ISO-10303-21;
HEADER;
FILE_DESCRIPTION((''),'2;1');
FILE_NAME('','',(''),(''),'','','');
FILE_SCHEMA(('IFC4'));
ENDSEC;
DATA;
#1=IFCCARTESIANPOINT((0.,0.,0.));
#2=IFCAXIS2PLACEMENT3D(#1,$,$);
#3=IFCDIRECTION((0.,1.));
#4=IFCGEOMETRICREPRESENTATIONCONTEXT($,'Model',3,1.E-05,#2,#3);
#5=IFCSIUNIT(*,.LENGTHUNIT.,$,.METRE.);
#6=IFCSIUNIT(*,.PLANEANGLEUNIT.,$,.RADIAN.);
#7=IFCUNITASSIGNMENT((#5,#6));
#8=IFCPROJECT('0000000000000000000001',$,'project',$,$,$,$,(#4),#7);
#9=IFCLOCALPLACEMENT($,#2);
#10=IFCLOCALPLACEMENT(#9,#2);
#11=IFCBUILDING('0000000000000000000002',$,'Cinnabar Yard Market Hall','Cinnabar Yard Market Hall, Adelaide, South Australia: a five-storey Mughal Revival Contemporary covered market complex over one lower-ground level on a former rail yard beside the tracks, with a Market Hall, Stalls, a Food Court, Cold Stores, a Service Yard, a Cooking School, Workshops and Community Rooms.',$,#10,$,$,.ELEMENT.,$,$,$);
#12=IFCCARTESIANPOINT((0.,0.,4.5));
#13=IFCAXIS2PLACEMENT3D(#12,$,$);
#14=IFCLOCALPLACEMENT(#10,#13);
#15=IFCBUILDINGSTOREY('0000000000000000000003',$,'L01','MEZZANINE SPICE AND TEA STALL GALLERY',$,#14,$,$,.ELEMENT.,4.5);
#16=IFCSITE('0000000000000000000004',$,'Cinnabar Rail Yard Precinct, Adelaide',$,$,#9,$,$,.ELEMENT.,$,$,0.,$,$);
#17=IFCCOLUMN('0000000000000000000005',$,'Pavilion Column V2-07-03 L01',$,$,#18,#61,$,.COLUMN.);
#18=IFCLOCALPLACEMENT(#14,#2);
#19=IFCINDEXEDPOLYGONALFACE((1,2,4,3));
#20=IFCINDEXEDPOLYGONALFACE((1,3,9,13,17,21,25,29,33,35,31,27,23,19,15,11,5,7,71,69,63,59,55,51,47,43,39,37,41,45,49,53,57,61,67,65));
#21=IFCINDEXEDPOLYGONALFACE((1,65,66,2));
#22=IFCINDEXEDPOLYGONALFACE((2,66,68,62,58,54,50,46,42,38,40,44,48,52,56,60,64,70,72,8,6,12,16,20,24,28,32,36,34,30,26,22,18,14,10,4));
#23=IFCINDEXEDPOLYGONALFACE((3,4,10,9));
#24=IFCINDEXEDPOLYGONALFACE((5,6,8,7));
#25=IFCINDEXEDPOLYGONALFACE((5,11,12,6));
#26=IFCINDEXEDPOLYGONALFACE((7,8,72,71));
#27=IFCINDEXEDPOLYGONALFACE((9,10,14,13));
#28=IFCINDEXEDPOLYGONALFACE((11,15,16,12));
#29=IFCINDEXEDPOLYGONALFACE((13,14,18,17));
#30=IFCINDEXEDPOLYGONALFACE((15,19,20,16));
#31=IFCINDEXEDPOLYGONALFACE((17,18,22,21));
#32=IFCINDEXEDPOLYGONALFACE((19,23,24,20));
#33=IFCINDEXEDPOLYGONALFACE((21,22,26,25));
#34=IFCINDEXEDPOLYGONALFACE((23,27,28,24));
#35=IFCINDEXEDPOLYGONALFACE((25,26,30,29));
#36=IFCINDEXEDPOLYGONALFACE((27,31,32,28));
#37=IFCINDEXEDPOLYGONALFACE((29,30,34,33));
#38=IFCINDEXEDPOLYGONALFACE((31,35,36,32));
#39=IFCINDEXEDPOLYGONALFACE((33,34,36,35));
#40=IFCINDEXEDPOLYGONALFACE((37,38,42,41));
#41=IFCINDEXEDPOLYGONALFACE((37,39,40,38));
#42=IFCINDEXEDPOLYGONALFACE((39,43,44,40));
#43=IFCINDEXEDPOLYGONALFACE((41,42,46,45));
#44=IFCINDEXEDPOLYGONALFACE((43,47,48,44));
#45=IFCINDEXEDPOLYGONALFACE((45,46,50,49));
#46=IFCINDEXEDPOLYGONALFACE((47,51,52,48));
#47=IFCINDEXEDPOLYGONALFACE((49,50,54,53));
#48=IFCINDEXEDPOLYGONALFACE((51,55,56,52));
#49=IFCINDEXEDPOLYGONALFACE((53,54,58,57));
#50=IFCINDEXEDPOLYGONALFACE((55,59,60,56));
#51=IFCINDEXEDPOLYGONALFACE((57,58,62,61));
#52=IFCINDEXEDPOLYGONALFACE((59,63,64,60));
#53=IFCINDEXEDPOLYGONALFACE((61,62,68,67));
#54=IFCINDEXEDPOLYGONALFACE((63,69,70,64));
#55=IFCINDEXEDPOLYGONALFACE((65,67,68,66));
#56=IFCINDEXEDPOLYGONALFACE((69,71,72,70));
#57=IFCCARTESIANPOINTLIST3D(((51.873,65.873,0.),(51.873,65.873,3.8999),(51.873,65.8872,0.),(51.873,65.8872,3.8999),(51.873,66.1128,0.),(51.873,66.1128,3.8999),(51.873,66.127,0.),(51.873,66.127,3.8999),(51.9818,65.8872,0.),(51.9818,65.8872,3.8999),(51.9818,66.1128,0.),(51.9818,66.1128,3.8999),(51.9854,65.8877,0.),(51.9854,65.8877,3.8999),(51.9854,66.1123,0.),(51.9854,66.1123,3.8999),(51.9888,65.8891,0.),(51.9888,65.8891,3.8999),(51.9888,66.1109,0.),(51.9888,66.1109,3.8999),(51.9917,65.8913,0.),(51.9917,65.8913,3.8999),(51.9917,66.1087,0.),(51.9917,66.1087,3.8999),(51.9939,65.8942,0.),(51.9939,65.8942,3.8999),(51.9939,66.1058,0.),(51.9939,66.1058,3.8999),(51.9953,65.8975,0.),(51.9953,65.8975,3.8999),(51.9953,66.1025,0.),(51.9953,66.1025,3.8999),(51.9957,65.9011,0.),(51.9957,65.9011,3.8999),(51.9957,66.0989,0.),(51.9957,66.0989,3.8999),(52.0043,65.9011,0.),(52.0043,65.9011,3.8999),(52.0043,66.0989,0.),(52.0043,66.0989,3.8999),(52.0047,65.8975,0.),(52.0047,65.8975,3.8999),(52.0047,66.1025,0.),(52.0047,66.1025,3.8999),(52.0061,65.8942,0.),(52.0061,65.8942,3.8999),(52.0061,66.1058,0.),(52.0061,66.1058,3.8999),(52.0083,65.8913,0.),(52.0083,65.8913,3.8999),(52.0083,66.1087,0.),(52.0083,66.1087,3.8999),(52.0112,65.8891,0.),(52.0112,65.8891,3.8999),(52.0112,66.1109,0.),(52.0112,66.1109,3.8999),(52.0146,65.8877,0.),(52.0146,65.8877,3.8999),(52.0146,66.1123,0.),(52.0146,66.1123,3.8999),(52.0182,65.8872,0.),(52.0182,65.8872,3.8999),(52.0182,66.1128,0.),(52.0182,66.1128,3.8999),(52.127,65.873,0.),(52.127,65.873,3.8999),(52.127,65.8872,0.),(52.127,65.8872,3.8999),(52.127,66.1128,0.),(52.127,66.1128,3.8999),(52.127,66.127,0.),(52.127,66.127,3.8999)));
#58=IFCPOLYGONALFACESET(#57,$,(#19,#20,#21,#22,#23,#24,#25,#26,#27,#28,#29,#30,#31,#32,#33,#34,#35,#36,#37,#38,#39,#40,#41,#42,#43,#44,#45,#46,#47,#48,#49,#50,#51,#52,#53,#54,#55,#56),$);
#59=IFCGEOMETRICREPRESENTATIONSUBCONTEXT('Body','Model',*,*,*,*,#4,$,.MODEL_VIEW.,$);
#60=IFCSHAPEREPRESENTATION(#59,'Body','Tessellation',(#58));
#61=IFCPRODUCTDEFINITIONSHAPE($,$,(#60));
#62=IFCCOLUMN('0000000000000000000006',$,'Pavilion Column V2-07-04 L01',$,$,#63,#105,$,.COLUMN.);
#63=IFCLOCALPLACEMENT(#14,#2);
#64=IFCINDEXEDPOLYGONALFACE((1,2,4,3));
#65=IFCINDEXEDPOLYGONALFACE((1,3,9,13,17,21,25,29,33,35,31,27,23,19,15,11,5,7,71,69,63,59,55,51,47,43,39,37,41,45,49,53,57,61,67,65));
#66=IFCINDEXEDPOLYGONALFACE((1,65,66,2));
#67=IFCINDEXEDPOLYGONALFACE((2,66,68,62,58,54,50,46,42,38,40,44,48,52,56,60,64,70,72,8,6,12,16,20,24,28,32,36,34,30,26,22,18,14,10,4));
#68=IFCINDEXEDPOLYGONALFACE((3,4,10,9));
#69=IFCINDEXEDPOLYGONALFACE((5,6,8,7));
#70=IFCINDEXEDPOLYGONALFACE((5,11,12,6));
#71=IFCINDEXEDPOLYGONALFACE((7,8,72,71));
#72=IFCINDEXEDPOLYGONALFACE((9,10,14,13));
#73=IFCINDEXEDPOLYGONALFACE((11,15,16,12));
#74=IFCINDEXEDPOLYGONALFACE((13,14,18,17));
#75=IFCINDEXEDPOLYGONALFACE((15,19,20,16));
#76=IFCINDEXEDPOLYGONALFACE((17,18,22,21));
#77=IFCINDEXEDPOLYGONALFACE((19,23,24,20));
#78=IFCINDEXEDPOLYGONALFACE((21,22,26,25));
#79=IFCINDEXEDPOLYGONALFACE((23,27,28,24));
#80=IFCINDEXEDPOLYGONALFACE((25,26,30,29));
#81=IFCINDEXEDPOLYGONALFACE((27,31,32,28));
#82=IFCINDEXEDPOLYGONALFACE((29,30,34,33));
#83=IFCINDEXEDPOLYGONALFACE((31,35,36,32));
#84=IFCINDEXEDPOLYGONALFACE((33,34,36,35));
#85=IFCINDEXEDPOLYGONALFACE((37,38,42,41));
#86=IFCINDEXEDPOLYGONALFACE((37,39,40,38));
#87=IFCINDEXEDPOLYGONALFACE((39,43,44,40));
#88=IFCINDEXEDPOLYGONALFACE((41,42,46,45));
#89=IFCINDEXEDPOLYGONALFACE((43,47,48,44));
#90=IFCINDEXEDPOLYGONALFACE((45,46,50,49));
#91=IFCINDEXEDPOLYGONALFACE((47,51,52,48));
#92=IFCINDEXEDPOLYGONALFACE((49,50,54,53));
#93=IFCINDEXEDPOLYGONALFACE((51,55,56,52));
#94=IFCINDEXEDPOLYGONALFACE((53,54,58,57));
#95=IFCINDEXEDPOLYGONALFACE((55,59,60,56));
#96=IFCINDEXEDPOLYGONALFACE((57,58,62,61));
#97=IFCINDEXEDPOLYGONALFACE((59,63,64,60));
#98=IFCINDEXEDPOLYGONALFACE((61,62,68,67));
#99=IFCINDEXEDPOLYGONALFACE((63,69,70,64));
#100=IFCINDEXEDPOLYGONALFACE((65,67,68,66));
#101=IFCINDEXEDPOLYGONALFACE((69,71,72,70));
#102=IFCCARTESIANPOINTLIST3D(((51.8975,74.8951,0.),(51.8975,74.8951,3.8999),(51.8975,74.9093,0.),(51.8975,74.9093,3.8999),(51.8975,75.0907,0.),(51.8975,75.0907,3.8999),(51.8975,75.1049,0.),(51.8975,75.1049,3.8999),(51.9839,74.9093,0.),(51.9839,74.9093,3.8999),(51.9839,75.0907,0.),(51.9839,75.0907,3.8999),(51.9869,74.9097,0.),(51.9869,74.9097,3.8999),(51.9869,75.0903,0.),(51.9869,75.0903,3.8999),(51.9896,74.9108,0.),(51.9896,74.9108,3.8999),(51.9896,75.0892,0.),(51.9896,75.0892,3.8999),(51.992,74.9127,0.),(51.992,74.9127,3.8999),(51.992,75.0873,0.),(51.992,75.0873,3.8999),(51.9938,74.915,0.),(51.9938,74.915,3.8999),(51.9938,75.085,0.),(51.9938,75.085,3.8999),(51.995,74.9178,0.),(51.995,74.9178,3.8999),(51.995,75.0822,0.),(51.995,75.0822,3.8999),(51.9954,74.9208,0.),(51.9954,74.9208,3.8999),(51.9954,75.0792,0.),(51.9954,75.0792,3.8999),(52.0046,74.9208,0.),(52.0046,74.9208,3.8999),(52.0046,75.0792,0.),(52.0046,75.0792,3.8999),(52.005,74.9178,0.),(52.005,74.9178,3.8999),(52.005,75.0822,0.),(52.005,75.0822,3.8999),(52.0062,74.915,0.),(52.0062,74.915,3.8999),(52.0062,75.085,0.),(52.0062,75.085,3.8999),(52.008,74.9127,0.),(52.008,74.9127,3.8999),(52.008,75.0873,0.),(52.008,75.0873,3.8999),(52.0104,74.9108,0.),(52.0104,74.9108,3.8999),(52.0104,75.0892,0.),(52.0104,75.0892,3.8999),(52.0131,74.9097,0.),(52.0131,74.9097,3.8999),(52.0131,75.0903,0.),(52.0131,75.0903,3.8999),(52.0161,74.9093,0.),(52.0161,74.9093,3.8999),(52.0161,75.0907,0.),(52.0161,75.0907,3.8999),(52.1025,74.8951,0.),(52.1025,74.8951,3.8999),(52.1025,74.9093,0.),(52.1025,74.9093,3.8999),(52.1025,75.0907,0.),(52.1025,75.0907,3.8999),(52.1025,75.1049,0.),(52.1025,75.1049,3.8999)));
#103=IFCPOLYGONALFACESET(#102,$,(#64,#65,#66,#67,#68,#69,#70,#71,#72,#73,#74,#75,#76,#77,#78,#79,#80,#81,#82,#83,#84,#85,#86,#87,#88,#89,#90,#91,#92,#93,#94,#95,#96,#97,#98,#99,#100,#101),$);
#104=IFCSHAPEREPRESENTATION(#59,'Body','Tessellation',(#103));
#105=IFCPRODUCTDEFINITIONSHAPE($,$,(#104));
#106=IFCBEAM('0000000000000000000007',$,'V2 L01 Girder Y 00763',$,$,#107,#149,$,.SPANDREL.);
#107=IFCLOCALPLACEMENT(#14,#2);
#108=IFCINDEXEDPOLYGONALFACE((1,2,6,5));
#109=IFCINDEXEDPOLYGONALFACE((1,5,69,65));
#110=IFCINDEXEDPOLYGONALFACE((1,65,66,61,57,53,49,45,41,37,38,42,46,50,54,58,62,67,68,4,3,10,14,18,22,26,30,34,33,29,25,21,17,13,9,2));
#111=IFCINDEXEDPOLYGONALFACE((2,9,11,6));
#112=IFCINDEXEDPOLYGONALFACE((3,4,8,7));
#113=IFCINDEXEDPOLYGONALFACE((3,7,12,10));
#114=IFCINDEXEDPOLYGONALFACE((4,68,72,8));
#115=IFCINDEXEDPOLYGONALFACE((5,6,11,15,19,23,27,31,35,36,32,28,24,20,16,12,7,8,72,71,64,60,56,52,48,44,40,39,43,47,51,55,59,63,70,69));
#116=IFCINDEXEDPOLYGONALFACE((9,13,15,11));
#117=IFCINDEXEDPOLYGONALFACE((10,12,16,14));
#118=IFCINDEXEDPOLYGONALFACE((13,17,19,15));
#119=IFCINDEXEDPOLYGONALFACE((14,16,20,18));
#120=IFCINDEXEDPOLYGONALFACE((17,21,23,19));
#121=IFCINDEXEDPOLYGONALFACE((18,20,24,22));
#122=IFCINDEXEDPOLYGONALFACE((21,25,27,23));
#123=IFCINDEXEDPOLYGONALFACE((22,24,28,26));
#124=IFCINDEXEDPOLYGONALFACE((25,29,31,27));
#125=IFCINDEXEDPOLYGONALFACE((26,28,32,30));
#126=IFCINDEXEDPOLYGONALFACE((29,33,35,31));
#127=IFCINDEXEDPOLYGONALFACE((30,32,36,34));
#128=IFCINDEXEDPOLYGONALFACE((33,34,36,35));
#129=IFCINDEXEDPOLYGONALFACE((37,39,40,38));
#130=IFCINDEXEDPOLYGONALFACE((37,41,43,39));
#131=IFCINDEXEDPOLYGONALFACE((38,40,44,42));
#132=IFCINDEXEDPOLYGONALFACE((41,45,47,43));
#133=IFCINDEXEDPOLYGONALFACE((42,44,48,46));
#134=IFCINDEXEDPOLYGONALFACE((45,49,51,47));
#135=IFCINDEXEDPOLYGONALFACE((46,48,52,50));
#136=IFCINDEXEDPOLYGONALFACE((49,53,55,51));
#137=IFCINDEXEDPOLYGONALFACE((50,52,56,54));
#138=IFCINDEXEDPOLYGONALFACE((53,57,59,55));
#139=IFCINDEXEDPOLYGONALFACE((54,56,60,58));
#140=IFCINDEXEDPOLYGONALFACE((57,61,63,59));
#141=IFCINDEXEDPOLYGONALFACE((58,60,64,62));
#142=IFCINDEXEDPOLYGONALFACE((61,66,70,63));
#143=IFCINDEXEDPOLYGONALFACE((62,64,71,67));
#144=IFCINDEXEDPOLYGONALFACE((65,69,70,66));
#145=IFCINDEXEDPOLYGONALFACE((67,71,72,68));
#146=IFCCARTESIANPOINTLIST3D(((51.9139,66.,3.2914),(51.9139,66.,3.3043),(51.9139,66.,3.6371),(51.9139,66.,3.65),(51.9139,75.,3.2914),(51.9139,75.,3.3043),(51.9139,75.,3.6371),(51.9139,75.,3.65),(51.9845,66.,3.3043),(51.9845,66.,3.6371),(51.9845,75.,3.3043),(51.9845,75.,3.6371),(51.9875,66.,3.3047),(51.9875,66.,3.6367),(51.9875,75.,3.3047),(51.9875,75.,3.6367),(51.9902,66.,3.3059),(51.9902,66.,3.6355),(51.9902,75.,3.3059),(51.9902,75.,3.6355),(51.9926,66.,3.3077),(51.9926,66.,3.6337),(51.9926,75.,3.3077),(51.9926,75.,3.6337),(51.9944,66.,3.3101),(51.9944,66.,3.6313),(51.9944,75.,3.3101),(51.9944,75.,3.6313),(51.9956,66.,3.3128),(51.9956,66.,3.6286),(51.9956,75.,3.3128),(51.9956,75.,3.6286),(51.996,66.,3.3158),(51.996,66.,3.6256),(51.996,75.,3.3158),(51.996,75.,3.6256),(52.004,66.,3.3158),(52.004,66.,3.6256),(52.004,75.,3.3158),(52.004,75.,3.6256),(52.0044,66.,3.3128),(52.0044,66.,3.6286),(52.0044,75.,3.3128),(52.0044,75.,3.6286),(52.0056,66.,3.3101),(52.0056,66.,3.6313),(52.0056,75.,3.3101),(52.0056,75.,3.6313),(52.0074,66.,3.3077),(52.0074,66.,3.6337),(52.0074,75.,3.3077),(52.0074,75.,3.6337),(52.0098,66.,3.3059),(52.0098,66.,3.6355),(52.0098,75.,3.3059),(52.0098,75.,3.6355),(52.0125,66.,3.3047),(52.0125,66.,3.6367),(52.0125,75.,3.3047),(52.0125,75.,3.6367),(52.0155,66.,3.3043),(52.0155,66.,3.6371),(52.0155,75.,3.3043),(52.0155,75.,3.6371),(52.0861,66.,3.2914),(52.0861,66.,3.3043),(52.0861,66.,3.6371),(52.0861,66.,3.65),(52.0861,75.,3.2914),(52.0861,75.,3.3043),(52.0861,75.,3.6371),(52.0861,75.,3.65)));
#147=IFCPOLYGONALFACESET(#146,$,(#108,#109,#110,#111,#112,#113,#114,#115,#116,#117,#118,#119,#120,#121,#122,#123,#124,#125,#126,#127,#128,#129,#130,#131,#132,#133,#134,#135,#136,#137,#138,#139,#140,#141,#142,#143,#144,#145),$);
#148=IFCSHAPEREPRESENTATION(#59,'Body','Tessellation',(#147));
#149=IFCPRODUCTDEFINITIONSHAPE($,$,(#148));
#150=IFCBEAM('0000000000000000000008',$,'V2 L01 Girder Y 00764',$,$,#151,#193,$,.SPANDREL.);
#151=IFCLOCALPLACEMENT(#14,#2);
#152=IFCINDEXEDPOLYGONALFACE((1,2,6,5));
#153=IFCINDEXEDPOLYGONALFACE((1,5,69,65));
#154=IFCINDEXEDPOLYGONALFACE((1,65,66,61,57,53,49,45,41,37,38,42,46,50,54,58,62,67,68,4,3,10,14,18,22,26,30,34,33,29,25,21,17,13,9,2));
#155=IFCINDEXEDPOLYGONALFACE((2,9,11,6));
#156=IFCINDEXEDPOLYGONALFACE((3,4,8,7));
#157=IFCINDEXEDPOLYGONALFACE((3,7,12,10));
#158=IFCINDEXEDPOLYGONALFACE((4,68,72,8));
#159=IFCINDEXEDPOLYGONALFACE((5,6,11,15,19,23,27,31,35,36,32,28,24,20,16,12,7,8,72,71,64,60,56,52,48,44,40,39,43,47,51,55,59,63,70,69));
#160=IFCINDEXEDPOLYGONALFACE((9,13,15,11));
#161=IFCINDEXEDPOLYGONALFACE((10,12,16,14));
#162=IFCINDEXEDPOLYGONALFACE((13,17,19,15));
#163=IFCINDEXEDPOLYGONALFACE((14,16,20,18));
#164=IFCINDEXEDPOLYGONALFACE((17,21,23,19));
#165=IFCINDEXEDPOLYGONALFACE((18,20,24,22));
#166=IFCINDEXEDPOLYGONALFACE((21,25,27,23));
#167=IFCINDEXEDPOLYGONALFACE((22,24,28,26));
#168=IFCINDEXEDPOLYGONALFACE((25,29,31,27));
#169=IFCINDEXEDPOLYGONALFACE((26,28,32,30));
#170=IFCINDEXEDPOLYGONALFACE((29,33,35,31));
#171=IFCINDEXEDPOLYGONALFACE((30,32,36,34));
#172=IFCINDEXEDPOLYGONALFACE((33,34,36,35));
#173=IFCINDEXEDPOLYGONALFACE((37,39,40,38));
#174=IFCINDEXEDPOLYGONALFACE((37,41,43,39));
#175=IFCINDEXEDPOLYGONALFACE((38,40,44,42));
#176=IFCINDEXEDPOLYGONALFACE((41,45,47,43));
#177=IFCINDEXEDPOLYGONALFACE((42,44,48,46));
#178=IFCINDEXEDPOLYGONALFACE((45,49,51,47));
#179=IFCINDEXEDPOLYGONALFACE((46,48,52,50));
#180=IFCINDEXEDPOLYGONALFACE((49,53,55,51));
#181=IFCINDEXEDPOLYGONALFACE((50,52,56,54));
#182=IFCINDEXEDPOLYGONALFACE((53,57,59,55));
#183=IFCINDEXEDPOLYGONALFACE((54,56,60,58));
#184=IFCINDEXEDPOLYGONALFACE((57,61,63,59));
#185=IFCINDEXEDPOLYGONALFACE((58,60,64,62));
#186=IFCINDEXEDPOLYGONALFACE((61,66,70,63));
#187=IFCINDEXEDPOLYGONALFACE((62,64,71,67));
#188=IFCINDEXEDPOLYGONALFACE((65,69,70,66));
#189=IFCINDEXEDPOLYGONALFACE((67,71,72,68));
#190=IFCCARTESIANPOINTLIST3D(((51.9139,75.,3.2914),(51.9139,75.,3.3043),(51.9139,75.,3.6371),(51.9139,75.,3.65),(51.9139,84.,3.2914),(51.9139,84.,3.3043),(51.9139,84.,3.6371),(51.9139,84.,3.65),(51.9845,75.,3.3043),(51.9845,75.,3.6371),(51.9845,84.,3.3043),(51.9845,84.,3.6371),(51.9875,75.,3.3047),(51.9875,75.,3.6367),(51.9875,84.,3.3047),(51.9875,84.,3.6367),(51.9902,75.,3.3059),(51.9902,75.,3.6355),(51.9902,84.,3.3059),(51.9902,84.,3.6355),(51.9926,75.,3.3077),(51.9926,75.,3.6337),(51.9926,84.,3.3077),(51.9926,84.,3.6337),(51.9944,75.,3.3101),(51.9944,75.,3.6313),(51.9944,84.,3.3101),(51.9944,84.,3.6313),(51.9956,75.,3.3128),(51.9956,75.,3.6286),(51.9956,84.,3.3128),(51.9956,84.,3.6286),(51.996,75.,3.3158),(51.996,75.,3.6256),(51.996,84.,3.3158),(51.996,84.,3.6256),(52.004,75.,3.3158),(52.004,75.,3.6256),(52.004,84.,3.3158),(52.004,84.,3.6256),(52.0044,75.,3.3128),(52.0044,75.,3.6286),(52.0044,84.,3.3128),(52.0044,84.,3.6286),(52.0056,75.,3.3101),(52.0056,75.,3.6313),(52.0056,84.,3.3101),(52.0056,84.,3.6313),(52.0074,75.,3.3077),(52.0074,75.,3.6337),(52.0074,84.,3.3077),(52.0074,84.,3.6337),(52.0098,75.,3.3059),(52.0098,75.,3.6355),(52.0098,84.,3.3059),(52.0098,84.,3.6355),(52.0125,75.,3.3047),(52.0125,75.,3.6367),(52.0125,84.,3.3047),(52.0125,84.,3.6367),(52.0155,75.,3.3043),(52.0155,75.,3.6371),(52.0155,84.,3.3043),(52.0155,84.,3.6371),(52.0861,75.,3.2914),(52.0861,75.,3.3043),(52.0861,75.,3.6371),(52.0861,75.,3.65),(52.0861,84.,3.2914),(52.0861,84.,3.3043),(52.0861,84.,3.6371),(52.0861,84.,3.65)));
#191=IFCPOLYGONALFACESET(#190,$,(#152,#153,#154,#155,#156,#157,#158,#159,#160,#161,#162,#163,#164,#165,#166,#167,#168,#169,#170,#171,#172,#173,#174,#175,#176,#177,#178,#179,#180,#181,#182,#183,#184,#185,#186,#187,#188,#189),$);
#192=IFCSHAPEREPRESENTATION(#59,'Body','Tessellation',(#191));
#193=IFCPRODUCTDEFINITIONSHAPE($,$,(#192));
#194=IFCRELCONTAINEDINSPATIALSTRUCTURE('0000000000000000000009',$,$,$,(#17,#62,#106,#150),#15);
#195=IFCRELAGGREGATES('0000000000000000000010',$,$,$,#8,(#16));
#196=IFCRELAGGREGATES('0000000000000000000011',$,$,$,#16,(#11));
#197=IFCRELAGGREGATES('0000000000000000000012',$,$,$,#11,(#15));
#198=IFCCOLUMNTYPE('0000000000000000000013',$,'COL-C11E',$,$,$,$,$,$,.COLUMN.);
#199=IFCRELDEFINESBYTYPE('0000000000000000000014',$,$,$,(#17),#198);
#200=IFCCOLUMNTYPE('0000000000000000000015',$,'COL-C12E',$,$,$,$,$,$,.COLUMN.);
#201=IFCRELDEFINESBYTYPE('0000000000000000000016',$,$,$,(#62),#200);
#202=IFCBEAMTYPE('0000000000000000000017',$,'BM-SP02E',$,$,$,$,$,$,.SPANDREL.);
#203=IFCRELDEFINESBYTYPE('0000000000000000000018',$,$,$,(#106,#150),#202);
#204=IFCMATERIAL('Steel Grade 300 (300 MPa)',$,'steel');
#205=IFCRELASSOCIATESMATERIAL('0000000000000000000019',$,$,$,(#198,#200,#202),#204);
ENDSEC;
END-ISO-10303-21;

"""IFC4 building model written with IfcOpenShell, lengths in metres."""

from ifc_helpers import new_model, si_unit, direction, frame, origin, origin_2d_with_axis, place, context, subcontext, project, spatial, i_section, extrude, material, material_profile, profile_set, type_object, element, save


model = new_model("IFC4")

# Units and contexts
model_context = context("Model", 3, precision=1e-05, world=origin(), true_north=direction((0.0, 1.0)))
body_context = subcontext(model_context, "Body", "Model", "MODEL_VIEW")
ifc_project = project(units=[si_unit("LENGTHUNIT", "METRE"), si_unit("PLANEANGLEUNIT", "RADIAN")], contexts=[model_context])

# Site, building, storey
site_placement = place(None, origin())
site = spatial("IfcSite", under=ifc_project, at=site_placement, Name="Cinnabar Rail Yard Precinct, Adelaide", CompositionType="ELEMENT", RefElevation=0.0)
building_placement = place(site_placement, origin())
building = spatial("IfcBuilding", under=site, at=building_placement, Name="Cinnabar Yard Market Hall", Description="Cinnabar Yard Market Hall, Adelaide, South Australia: a five-storey Mughal Revival Contemporary covered market complex over one lower-ground level on a former rail yard beside the tracks, with a Market Hall, Stalls, a Food Court, Cold Stores, a Service Yard, a Cooking School, Workshops and Community Rooms.", CompositionType="ELEMENT")
storey_placement = place(building_placement, frame((0.0, 0.0, 4.5)))
storey = spatial("IfcBuildingStorey", under=building, at=storey_placement, Name="L01", Description="MEZZANINE SPICE AND TEA STALL GALLERY", CompositionType="ELEMENT", Elevation=4.5)

# Columns
ifc_material_1 = material(Name="Steel Grade 300 (300 MPa)", Category="steel")
ifc_material_profile_1 = material_profile(ifc_material_1, i_section(OverallWidth=0.2539, OverallDepth=0.2539, WebThickness=0.0085, FlangeThickness=0.0142, FilletRadius=0.0139, at=origin_2d_with_axis()), Name="250UC72.9")
ifc_profile_set_1 = profile_set([ifc_material_profile_1], Name="Steel Grade 300 (300 MPa)")
column_type_1 = type_object("IfcColumnType", Name="COL-C11E", PredefinedType="COLUMN", material=ifc_profile_set_1)
column_1_placement = place(storey_placement, frame((52.0, 66.0, 0.0), z_axis=(0.0, 0.0, 1.0), x_axis=(1.0, 0.0, 0.0)))
element("IfcColumn", 1, at=column_1_placement, inside=storey, type_object=column_type_1, Name="Pavilion Column V2-07-03 L01", PredefinedType="COLUMN", context=body_context, shape_type="SweptSolid", body=[
    extrude(i_section(OverallWidth=0.2539, OverallDepth=0.2539, WebThickness=0.0085, FlangeThickness=0.0142, FilletRadius=0.0139, at=origin_2d_with_axis()), origin(), (0.0, 0.0, 1.0), 3.8999),
])
ifc_material_profile_2 = material_profile(ifc_material_1, i_section(OverallWidth=0.2051, OverallDepth=0.2097, WebThickness=0.0093, FlangeThickness=0.0142, FilletRadius=0.0115, at=origin_2d_with_axis()), Name="200UC59.5")
ifc_profile_set_2 = profile_set([ifc_material_profile_2], Name="Steel Grade 300 (300 MPa)")
column_type_2 = type_object("IfcColumnType", Name="COL-C12E", PredefinedType="COLUMN", material=ifc_profile_set_2)
column_2_placement = place(storey_placement, frame((52.0, 75.0, 0.0), z_axis=(0.0, 0.0, 1.0), x_axis=(1.0, 0.0, 0.0)))
element("IfcColumn", 2, at=column_2_placement, inside=storey, type_object=column_type_2, Name="Pavilion Column V2-07-04 L01", PredefinedType="COLUMN", context=body_context, shape_type="SweptSolid", body=[
    extrude(i_section(OverallWidth=0.2051, OverallDepth=0.2097, WebThickness=0.0093, FlangeThickness=0.0142, FilletRadius=0.0115, at=origin_2d_with_axis()), origin(), (0.0, 0.0, 1.0), 3.8999),
])

# Beams
ifc_material_profile_3 = material_profile(ifc_material_1, i_section(OverallWidth=0.1721, OverallDepth=0.3586, WebThickness=0.0081, FlangeThickness=0.0129, FilletRadius=0.0115, at=origin_2d_with_axis()), Name="360UB56.7")
ifc_profile_set_3 = profile_set([ifc_material_profile_3], Name="Steel Grade 300 (300 MPa)")
beam_type = type_object("IfcBeamType", Name="BM-SP02E", PredefinedType="SPANDREL", material=ifc_profile_set_3)
for number, where, z_axis, x_axis, name in (
    (3, (52.0, 66.0, 3.4707), (0.0, 1.0, 0.0), (-1.0, 0.0, 0.0), "V2 L01 Girder Y 00763"),
    (4, (52.0, 75.0, 3.4707), (0.0, 1.0, 0.0), (-1.0, 0.0, 0.0), "V2 L01 Girder Y 00764"),
):
    element("IfcBeam", number, at=place(storey_placement, frame(where, z_axis=z_axis, x_axis=x_axis)), inside=storey, type_object=beam_type, Name=name, PredefinedType="SPANDREL", context=body_context, shape_type="SweptSolid", body=[
        extrude(i_section(OverallWidth=0.1721, OverallDepth=0.3586, WebThickness=0.0081, FlangeThickness=0.0129, FilletRadius=0.0115, at=origin_2d_with_axis()), origin(), (0.0, 0.0, 1.0), 9.0),
    ])

save(model, "model.ifc")
